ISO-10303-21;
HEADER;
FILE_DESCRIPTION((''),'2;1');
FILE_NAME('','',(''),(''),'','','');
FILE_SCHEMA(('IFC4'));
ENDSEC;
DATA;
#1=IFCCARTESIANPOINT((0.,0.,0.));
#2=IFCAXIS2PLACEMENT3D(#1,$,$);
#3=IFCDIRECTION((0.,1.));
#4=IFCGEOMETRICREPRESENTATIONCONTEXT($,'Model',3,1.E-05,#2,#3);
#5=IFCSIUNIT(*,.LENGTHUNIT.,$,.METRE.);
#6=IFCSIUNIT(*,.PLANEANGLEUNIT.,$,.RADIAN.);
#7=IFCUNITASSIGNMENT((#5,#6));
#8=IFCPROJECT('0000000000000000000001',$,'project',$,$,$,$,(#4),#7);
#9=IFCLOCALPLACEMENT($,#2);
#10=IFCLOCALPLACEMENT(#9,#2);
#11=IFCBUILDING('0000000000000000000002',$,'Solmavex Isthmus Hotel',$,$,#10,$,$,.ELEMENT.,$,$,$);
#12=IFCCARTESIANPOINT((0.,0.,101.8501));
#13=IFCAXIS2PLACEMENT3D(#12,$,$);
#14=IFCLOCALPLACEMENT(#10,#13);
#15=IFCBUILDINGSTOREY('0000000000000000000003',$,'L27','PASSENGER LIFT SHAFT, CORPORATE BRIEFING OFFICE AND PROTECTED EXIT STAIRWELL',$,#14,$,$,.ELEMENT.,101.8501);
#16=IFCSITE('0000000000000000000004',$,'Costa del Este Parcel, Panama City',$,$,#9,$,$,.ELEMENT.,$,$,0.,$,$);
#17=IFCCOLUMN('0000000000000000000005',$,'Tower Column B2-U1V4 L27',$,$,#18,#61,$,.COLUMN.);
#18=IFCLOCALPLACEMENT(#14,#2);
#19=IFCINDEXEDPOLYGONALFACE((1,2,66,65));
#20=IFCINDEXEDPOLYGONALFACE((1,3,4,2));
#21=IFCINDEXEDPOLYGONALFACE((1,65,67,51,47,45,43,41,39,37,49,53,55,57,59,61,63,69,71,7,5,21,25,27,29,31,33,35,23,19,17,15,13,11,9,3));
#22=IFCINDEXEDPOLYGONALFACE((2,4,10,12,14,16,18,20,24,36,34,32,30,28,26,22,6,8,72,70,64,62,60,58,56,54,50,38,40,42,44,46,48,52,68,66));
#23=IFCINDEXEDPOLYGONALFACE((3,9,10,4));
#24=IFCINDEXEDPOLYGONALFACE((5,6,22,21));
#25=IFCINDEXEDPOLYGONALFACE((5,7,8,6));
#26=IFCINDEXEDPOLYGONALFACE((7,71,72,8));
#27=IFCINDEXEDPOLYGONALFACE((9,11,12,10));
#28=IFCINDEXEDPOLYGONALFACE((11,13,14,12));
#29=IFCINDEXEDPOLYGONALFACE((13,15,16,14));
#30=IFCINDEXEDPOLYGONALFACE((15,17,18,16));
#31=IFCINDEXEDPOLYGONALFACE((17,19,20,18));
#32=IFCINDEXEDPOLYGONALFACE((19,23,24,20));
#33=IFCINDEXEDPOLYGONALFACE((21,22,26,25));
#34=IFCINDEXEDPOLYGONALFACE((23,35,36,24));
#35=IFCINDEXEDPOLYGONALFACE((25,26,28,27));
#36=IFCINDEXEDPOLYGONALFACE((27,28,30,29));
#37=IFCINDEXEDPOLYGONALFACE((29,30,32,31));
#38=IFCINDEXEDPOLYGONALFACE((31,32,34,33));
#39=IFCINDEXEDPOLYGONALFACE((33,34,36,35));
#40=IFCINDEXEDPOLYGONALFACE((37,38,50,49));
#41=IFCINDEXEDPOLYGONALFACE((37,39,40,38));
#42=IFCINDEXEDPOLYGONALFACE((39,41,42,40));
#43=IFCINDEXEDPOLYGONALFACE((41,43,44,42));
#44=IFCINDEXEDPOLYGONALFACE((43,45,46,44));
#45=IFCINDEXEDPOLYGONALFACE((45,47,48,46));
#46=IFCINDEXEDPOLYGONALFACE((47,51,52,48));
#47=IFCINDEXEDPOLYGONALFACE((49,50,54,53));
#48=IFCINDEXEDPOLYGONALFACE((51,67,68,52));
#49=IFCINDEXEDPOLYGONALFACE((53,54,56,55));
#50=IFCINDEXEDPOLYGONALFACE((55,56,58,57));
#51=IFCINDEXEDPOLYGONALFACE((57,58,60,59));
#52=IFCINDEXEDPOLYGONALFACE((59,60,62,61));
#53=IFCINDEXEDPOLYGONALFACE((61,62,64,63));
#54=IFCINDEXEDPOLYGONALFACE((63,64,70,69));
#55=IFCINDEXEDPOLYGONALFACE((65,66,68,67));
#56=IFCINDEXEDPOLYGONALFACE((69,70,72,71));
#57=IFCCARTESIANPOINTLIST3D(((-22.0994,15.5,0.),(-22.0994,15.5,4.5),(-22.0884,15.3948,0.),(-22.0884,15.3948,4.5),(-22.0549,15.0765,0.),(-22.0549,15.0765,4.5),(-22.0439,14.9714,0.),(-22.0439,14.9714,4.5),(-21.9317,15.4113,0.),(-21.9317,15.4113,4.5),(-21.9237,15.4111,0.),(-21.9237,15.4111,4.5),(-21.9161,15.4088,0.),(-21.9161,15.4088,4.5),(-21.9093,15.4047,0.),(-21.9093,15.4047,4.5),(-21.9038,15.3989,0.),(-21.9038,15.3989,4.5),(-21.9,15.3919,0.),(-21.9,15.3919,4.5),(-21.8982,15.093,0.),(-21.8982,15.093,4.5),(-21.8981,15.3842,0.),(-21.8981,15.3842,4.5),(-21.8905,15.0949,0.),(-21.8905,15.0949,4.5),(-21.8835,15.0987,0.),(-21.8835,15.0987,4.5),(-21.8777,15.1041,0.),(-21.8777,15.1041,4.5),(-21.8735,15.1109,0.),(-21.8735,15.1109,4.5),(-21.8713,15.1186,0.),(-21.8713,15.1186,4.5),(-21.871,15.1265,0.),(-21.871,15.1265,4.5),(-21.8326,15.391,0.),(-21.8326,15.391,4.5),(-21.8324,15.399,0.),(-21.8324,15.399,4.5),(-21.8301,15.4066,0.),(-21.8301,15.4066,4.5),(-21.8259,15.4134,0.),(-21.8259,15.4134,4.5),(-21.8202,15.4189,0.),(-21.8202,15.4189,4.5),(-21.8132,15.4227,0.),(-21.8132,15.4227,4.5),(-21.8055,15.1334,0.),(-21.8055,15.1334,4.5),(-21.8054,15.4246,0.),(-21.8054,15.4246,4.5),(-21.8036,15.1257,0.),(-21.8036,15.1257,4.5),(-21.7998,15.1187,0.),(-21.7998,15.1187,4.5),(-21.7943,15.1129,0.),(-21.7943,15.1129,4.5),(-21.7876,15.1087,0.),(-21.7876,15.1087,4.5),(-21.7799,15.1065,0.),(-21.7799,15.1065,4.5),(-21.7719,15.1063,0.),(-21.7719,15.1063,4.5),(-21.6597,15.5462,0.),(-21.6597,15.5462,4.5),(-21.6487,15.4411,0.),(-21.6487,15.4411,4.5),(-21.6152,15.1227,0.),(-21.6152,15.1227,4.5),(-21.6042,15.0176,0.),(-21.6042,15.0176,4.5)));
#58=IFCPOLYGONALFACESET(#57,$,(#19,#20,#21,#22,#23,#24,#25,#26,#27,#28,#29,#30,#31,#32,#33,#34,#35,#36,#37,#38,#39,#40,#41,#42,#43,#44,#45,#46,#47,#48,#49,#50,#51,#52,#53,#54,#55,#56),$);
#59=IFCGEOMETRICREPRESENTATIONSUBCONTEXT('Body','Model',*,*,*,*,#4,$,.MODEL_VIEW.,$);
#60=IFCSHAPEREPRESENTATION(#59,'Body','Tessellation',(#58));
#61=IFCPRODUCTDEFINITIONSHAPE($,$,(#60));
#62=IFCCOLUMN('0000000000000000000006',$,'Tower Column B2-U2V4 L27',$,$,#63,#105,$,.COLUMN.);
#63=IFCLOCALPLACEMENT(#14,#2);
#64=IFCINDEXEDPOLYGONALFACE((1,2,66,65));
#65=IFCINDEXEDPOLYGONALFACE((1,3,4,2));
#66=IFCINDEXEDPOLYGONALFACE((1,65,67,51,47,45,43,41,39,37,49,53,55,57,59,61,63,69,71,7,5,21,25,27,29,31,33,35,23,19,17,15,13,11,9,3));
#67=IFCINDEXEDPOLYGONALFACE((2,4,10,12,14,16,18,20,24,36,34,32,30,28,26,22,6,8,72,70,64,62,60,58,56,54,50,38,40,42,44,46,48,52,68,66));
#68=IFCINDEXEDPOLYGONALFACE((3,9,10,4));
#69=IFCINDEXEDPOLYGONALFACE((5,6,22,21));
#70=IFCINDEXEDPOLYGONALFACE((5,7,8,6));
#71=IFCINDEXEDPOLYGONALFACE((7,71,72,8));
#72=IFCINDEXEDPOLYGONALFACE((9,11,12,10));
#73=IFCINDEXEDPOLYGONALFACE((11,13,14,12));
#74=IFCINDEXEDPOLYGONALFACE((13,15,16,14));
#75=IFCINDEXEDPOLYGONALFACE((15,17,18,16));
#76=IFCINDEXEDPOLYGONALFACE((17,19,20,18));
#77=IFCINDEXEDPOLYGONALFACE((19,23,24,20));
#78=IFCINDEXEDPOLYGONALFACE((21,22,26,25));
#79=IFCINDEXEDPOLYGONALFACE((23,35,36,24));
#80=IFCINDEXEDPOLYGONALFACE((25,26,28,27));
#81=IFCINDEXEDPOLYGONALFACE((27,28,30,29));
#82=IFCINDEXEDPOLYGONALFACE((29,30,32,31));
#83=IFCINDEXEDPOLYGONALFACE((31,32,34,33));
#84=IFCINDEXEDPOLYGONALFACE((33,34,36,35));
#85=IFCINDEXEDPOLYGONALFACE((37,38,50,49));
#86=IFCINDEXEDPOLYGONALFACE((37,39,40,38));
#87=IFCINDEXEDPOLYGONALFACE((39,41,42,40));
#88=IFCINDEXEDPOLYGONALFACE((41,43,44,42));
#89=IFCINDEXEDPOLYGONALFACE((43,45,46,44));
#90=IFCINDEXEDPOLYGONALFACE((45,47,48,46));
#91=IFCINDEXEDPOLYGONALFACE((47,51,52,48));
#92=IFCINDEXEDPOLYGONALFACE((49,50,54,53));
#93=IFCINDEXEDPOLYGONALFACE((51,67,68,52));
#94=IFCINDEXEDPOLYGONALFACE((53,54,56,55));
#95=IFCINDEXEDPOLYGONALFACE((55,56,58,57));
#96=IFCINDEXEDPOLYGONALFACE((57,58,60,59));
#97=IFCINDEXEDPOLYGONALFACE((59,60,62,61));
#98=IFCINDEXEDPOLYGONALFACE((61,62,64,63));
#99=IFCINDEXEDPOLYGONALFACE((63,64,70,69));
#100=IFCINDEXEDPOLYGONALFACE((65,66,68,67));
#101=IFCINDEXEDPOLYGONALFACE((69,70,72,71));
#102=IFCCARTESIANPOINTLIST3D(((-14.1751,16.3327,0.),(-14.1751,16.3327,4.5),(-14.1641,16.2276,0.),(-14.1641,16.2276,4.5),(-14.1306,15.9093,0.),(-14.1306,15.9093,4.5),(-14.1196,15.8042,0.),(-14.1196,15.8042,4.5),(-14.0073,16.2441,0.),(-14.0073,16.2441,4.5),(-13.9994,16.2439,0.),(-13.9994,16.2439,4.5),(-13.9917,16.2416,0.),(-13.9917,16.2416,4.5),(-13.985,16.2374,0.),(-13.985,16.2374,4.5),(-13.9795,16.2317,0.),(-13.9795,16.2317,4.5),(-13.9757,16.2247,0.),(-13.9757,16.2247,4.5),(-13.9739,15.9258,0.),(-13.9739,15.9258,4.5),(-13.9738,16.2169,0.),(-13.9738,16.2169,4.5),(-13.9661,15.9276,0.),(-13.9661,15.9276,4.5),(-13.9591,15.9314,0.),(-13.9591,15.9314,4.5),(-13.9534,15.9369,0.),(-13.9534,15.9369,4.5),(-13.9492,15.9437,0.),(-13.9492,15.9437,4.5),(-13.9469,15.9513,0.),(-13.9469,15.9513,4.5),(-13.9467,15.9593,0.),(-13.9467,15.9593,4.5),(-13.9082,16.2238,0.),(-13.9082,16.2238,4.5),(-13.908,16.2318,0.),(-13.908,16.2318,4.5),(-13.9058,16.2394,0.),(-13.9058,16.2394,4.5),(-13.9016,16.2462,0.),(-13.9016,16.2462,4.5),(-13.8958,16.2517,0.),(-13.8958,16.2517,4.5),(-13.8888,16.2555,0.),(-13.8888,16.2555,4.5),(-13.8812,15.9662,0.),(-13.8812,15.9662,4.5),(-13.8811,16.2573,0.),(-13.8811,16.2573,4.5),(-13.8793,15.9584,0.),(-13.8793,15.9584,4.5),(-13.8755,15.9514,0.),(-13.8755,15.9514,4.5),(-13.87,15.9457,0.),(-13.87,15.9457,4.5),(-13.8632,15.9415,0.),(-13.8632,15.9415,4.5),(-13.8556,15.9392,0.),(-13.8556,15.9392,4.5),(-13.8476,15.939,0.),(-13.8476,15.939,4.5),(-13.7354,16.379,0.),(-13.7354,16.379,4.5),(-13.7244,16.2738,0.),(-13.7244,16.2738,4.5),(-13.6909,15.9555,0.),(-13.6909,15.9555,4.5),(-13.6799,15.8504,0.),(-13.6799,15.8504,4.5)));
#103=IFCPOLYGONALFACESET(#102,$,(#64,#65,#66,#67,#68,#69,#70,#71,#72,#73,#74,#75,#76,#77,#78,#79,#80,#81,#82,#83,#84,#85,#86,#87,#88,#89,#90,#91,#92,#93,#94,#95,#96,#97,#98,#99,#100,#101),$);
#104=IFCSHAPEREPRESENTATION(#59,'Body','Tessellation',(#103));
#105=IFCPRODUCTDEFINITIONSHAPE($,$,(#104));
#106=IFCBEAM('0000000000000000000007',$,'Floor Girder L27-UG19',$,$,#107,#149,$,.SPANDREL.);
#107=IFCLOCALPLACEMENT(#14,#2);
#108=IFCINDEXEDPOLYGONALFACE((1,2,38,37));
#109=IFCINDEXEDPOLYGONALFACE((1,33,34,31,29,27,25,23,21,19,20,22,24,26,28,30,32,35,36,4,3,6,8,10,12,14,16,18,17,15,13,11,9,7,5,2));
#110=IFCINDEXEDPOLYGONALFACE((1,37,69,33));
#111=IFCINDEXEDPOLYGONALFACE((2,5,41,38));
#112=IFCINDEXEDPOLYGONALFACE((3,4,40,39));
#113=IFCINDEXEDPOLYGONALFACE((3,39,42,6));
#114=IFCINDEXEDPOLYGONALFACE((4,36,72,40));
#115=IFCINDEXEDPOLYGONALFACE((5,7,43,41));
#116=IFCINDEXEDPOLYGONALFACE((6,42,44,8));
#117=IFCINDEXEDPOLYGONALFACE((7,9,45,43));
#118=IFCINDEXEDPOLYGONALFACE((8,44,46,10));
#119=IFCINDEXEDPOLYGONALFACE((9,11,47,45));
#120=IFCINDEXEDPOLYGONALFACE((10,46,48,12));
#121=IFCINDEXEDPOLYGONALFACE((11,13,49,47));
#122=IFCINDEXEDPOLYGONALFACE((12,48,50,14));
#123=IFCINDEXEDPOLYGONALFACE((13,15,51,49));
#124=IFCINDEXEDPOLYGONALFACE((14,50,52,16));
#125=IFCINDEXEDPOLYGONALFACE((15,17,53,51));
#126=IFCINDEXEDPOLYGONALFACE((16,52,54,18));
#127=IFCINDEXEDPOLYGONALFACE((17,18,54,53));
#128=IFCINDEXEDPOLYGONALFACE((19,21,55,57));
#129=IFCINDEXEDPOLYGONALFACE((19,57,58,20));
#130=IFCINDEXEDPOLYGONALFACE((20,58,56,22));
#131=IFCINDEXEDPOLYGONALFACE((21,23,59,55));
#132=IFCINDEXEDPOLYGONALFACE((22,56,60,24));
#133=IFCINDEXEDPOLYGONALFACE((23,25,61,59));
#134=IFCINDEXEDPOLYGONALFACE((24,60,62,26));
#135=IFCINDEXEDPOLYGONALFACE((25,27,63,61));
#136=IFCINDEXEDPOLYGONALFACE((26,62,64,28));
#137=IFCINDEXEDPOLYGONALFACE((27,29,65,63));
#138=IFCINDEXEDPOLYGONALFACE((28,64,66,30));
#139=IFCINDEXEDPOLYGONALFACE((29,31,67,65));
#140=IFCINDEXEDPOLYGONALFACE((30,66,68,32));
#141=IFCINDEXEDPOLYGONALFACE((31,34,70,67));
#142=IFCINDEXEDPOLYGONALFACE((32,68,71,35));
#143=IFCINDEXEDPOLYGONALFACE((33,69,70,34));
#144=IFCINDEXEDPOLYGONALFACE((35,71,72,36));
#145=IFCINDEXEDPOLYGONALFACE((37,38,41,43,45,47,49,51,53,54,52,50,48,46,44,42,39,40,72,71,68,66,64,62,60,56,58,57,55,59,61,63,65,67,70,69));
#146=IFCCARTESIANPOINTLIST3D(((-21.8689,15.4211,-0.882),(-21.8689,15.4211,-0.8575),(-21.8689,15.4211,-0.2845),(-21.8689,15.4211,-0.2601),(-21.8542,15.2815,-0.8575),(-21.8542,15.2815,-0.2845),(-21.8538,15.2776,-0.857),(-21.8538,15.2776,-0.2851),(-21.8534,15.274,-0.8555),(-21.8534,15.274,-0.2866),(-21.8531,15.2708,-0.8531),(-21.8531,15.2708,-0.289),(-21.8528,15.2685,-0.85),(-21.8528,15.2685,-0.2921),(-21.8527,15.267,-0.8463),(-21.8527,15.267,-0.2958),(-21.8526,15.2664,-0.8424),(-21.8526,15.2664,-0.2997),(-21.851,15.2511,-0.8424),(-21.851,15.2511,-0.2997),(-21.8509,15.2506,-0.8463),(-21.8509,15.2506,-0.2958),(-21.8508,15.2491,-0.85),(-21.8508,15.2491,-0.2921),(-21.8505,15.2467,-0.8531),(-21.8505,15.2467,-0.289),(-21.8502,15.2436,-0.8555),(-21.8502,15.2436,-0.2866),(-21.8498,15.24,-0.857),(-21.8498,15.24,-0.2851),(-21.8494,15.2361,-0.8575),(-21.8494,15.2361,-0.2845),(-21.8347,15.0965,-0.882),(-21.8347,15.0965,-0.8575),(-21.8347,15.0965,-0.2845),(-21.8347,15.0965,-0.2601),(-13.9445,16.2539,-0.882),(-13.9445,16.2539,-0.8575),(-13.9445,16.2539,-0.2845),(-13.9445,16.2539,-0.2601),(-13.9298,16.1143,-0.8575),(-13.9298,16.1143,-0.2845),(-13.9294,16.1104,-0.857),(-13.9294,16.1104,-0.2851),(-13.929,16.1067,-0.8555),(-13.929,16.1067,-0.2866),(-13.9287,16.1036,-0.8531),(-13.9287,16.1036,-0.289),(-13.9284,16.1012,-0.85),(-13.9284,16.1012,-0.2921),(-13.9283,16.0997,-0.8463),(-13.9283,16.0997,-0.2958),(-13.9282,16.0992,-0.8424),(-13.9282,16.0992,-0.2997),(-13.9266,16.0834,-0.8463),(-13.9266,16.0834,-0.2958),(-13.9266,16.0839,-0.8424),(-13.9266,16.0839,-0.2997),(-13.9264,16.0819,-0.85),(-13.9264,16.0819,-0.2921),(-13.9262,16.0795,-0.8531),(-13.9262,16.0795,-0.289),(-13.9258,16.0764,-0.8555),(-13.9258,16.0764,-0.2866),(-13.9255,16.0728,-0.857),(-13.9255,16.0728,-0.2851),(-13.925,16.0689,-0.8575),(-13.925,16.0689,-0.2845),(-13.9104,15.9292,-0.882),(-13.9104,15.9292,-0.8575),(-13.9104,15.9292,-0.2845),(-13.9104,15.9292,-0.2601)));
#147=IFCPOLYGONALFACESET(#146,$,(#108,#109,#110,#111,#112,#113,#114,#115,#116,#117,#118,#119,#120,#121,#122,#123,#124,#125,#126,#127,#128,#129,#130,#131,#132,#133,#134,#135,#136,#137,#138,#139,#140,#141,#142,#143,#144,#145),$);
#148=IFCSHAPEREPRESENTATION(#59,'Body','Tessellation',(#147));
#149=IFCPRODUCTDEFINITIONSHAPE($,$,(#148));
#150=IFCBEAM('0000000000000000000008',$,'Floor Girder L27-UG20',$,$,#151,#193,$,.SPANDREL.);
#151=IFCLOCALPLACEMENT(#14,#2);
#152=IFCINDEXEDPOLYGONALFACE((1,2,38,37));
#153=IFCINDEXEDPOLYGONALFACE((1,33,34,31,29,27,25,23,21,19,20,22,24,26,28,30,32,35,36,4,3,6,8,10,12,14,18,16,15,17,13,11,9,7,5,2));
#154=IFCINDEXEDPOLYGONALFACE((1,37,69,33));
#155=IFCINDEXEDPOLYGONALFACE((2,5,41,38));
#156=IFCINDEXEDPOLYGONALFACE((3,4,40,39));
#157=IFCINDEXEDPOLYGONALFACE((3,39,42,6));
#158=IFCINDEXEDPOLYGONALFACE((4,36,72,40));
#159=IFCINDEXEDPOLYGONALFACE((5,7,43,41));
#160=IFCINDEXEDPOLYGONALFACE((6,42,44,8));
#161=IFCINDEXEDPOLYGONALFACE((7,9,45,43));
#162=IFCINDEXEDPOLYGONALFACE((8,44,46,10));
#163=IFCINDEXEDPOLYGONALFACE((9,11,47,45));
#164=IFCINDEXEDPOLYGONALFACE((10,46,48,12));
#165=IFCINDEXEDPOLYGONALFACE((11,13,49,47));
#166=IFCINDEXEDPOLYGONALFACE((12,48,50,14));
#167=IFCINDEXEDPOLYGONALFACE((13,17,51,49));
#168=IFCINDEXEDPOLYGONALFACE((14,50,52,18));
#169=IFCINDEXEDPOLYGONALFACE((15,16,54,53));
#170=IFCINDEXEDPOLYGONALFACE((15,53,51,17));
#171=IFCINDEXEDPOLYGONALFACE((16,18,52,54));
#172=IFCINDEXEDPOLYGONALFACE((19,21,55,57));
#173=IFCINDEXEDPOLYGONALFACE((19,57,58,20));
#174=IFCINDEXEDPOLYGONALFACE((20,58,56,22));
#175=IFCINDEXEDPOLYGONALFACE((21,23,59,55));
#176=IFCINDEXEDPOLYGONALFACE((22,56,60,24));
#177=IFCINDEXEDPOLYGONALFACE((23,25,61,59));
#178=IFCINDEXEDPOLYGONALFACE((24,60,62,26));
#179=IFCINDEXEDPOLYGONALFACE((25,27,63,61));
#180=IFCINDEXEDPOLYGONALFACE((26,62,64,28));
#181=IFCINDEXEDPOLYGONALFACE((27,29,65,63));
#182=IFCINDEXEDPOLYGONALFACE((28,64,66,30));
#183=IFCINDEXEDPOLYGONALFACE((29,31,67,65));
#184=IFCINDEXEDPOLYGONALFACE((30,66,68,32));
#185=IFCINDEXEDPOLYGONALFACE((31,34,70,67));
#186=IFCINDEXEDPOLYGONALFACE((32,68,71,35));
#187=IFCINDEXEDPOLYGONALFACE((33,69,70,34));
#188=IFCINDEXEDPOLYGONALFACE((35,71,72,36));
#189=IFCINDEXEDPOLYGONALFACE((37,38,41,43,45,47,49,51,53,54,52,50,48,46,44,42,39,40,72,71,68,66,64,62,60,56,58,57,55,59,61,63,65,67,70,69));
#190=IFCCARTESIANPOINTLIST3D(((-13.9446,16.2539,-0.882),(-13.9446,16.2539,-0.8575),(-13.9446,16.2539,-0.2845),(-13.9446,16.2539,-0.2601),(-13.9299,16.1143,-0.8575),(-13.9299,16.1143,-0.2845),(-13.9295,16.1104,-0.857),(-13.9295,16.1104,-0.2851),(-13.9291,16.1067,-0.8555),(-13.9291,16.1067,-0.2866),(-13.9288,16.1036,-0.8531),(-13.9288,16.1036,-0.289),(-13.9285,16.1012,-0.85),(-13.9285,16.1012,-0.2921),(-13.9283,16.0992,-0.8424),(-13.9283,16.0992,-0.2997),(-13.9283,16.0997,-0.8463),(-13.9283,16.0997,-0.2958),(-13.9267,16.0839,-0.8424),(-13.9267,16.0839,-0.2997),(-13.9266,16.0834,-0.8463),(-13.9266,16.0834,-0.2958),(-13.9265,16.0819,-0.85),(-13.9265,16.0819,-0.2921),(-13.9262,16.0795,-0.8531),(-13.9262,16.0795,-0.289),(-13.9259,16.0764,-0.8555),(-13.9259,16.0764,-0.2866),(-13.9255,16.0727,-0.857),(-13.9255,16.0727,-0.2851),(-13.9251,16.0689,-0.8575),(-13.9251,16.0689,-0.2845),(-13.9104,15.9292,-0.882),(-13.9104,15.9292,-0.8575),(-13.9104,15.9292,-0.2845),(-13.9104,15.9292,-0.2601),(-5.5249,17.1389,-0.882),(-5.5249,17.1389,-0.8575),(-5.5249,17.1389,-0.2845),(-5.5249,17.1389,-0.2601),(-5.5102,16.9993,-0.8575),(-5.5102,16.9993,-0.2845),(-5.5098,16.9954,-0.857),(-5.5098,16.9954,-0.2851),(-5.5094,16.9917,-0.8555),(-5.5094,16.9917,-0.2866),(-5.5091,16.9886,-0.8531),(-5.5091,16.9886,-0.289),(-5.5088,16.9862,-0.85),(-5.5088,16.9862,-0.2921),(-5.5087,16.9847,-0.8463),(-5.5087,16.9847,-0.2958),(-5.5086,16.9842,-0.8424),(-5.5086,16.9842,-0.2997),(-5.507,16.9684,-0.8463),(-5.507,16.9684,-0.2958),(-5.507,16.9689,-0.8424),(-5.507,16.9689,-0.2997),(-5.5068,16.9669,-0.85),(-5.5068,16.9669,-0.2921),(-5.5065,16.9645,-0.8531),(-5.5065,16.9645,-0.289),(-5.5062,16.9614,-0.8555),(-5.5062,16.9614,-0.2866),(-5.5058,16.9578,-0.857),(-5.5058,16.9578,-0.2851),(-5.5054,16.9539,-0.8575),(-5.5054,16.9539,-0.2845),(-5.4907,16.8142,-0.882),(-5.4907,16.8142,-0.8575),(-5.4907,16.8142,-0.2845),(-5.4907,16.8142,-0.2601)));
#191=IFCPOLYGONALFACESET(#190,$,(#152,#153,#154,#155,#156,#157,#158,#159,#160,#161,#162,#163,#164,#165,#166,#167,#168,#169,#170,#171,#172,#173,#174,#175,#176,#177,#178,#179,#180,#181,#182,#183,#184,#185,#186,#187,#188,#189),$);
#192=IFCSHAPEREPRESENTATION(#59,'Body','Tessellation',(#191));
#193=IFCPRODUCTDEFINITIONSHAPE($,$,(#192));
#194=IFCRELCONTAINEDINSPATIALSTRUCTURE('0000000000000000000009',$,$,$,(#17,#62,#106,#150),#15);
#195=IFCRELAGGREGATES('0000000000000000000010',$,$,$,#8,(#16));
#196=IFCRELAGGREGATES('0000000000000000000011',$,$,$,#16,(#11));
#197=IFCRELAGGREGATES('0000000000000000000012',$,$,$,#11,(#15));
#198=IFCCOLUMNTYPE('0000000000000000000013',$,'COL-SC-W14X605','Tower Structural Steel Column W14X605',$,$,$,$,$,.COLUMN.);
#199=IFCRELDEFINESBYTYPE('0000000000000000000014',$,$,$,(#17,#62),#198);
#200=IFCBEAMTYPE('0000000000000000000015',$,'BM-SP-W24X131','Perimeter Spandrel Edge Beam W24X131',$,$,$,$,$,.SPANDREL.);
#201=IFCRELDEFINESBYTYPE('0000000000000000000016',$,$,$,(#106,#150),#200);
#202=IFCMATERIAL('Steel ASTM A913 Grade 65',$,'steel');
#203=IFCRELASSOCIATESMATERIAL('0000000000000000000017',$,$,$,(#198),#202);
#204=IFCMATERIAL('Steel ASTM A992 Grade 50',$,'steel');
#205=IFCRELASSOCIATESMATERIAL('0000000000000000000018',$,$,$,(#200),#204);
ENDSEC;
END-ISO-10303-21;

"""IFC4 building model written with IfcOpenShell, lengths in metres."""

from ifc_helpers import new_model, si_unit, direction, frame, origin, origin_2d, place, context, subcontext, project, spatial, i_section, extrude, material, material_profile, profile_set, type_object, element, save


model = new_model("IFC4")

# Units and contexts
model_context = context("Model", 3, precision=1e-05, world=origin(), true_north=direction((0.0, 1.0)))
body_context = subcontext(model_context, "Body", "Model", "MODEL_VIEW")
ifc_project = project(units=[si_unit("LENGTHUNIT", "METRE"), si_unit("PLANEANGLEUNIT", "RADIAN")], contexts=[model_context])

# Site, building, storey
site_placement = place(None, origin())
site = spatial("IfcSite", under=ifc_project, at=site_placement, Name="Costa del Este Parcel, Panama City", CompositionType="ELEMENT", RefElevation=0.0)
building_placement = place(site_placement, origin())
building = spatial("IfcBuilding", under=site, at=building_placement, Name="Solmavex Isthmus Hotel", CompositionType="ELEMENT")
storey_placement = place(building_placement, frame((0.0, 0.0, 101.8501)))
storey = spatial("IfcBuildingStorey", under=building, at=storey_placement, Name="L27", Description="PASSENGER LIFT SHAFT, CORPORATE BRIEFING OFFICE AND PROTECTED EXIT STAIRWELL", CompositionType="ELEMENT", Elevation=101.8501)

# Columns
ifc_material_1 = material(Name="Steel ASTM A913 Grade 65", Category="steel")
ifc_material_profile_1 = material_profile(ifc_material_1, i_section(OverallWidth=0.4421, OverallDepth=0.5315, WebThickness=0.0659, FlangeThickness=0.1057, FilletRadius=0.0305, at=origin_2d()), Name="W14X605")
ifc_profile_set_1 = profile_set([ifc_material_profile_1], Name="Steel ASTM A913 Grade 65")
column_type = type_object("IfcColumnType", Name="COL-SC-W14X605", Description="Tower Structural Steel Column W14X605", PredefinedType="COLUMN", material=ifc_profile_set_1)
for number, where, z_axis, x_axis, name in (
    (1, (-21.8518, 15.2588, 0.0), (0.0, 0.0, 1.0), (0.994522, 0.104528, 0.0), "Tower Column B2-U1V4 L27"),
    (2, (-13.9275, 16.0916, 0.0), (0.0, 0.0, 1.0), (0.994522, 0.104528, 0.0), "Tower Column B2-U2V4 L27"),
):
    element("IfcColumn", number, at=place(storey_placement, frame(where, z_axis=z_axis, x_axis=x_axis)), inside=storey, type_object=column_type, Name=name, PredefinedType="COLUMN", context=body_context, shape_type="SweptSolid", body=[
        extrude(i_section(OverallWidth=0.4421, OverallDepth=0.5315, WebThickness=0.0659, FlangeThickness=0.1057, FilletRadius=0.0305, at=origin_2d()), origin(), (0.0, 0.0, 1.0), 4.5),
    ])

# Beams
ifc_material_2 = material(Name="Steel ASTM A992 Grade 50", Category="steel")
ifc_material_profile_2 = material_profile(ifc_material_2, i_section(OverallWidth=0.3264, OverallDepth=0.6218, WebThickness=0.0154, FlangeThickness=0.0244, FilletRadius=0.0151, at=origin_2d()), Name="W24X131")
ifc_profile_set_2 = profile_set([ifc_material_profile_2], Name="Steel ASTM A992 Grade 50")
beam_type = type_object("IfcBeamType", Name="BM-SP-W24X131", Description="Perimeter Spandrel Edge Beam W24X131", PredefinedType="SPANDREL", material=ifc_profile_set_2)
beam_1_placement = place(storey_placement, frame((-21.8518, 15.2588, -0.571), z_axis=(0.994523, 0.104514, 0.0), x_axis=(-0.104514, 0.994523, 0.0)))
element("IfcBeam", 3, at=beam_1_placement, inside=storey, type_object=beam_type, Name="Floor Girder L27-UG19", PredefinedType="SPANDREL", context=body_context, shape_type="SweptSolid", body=[
    extrude(i_section(OverallWidth=0.3264, OverallDepth=0.6218, WebThickness=0.0154, FlangeThickness=0.0244, FilletRadius=0.0151, at=origin_2d()), origin(), (0.0, 0.0, 1.0), 7.968),
])
beam_2_placement = place(storey_placement, frame((-13.9275, 16.0916, -0.571), z_axis=(0.994521, 0.104536, 0.0), x_axis=(-0.104536, 0.994521, 0.0)))
element("IfcBeam", 4, at=beam_2_placement, inside=storey, type_object=beam_type, Name="Floor Girder L27-UG20", PredefinedType="SPANDREL", context=body_context, shape_type="SweptSolid", body=[
    extrude(i_section(OverallWidth=0.3264, OverallDepth=0.6218, WebThickness=0.0154, FlangeThickness=0.0244, FilletRadius=0.0151, at=origin_2d()), origin(), (0.0, 0.0, 1.0), 8.4661),
])

save(model, "model.ifc")
